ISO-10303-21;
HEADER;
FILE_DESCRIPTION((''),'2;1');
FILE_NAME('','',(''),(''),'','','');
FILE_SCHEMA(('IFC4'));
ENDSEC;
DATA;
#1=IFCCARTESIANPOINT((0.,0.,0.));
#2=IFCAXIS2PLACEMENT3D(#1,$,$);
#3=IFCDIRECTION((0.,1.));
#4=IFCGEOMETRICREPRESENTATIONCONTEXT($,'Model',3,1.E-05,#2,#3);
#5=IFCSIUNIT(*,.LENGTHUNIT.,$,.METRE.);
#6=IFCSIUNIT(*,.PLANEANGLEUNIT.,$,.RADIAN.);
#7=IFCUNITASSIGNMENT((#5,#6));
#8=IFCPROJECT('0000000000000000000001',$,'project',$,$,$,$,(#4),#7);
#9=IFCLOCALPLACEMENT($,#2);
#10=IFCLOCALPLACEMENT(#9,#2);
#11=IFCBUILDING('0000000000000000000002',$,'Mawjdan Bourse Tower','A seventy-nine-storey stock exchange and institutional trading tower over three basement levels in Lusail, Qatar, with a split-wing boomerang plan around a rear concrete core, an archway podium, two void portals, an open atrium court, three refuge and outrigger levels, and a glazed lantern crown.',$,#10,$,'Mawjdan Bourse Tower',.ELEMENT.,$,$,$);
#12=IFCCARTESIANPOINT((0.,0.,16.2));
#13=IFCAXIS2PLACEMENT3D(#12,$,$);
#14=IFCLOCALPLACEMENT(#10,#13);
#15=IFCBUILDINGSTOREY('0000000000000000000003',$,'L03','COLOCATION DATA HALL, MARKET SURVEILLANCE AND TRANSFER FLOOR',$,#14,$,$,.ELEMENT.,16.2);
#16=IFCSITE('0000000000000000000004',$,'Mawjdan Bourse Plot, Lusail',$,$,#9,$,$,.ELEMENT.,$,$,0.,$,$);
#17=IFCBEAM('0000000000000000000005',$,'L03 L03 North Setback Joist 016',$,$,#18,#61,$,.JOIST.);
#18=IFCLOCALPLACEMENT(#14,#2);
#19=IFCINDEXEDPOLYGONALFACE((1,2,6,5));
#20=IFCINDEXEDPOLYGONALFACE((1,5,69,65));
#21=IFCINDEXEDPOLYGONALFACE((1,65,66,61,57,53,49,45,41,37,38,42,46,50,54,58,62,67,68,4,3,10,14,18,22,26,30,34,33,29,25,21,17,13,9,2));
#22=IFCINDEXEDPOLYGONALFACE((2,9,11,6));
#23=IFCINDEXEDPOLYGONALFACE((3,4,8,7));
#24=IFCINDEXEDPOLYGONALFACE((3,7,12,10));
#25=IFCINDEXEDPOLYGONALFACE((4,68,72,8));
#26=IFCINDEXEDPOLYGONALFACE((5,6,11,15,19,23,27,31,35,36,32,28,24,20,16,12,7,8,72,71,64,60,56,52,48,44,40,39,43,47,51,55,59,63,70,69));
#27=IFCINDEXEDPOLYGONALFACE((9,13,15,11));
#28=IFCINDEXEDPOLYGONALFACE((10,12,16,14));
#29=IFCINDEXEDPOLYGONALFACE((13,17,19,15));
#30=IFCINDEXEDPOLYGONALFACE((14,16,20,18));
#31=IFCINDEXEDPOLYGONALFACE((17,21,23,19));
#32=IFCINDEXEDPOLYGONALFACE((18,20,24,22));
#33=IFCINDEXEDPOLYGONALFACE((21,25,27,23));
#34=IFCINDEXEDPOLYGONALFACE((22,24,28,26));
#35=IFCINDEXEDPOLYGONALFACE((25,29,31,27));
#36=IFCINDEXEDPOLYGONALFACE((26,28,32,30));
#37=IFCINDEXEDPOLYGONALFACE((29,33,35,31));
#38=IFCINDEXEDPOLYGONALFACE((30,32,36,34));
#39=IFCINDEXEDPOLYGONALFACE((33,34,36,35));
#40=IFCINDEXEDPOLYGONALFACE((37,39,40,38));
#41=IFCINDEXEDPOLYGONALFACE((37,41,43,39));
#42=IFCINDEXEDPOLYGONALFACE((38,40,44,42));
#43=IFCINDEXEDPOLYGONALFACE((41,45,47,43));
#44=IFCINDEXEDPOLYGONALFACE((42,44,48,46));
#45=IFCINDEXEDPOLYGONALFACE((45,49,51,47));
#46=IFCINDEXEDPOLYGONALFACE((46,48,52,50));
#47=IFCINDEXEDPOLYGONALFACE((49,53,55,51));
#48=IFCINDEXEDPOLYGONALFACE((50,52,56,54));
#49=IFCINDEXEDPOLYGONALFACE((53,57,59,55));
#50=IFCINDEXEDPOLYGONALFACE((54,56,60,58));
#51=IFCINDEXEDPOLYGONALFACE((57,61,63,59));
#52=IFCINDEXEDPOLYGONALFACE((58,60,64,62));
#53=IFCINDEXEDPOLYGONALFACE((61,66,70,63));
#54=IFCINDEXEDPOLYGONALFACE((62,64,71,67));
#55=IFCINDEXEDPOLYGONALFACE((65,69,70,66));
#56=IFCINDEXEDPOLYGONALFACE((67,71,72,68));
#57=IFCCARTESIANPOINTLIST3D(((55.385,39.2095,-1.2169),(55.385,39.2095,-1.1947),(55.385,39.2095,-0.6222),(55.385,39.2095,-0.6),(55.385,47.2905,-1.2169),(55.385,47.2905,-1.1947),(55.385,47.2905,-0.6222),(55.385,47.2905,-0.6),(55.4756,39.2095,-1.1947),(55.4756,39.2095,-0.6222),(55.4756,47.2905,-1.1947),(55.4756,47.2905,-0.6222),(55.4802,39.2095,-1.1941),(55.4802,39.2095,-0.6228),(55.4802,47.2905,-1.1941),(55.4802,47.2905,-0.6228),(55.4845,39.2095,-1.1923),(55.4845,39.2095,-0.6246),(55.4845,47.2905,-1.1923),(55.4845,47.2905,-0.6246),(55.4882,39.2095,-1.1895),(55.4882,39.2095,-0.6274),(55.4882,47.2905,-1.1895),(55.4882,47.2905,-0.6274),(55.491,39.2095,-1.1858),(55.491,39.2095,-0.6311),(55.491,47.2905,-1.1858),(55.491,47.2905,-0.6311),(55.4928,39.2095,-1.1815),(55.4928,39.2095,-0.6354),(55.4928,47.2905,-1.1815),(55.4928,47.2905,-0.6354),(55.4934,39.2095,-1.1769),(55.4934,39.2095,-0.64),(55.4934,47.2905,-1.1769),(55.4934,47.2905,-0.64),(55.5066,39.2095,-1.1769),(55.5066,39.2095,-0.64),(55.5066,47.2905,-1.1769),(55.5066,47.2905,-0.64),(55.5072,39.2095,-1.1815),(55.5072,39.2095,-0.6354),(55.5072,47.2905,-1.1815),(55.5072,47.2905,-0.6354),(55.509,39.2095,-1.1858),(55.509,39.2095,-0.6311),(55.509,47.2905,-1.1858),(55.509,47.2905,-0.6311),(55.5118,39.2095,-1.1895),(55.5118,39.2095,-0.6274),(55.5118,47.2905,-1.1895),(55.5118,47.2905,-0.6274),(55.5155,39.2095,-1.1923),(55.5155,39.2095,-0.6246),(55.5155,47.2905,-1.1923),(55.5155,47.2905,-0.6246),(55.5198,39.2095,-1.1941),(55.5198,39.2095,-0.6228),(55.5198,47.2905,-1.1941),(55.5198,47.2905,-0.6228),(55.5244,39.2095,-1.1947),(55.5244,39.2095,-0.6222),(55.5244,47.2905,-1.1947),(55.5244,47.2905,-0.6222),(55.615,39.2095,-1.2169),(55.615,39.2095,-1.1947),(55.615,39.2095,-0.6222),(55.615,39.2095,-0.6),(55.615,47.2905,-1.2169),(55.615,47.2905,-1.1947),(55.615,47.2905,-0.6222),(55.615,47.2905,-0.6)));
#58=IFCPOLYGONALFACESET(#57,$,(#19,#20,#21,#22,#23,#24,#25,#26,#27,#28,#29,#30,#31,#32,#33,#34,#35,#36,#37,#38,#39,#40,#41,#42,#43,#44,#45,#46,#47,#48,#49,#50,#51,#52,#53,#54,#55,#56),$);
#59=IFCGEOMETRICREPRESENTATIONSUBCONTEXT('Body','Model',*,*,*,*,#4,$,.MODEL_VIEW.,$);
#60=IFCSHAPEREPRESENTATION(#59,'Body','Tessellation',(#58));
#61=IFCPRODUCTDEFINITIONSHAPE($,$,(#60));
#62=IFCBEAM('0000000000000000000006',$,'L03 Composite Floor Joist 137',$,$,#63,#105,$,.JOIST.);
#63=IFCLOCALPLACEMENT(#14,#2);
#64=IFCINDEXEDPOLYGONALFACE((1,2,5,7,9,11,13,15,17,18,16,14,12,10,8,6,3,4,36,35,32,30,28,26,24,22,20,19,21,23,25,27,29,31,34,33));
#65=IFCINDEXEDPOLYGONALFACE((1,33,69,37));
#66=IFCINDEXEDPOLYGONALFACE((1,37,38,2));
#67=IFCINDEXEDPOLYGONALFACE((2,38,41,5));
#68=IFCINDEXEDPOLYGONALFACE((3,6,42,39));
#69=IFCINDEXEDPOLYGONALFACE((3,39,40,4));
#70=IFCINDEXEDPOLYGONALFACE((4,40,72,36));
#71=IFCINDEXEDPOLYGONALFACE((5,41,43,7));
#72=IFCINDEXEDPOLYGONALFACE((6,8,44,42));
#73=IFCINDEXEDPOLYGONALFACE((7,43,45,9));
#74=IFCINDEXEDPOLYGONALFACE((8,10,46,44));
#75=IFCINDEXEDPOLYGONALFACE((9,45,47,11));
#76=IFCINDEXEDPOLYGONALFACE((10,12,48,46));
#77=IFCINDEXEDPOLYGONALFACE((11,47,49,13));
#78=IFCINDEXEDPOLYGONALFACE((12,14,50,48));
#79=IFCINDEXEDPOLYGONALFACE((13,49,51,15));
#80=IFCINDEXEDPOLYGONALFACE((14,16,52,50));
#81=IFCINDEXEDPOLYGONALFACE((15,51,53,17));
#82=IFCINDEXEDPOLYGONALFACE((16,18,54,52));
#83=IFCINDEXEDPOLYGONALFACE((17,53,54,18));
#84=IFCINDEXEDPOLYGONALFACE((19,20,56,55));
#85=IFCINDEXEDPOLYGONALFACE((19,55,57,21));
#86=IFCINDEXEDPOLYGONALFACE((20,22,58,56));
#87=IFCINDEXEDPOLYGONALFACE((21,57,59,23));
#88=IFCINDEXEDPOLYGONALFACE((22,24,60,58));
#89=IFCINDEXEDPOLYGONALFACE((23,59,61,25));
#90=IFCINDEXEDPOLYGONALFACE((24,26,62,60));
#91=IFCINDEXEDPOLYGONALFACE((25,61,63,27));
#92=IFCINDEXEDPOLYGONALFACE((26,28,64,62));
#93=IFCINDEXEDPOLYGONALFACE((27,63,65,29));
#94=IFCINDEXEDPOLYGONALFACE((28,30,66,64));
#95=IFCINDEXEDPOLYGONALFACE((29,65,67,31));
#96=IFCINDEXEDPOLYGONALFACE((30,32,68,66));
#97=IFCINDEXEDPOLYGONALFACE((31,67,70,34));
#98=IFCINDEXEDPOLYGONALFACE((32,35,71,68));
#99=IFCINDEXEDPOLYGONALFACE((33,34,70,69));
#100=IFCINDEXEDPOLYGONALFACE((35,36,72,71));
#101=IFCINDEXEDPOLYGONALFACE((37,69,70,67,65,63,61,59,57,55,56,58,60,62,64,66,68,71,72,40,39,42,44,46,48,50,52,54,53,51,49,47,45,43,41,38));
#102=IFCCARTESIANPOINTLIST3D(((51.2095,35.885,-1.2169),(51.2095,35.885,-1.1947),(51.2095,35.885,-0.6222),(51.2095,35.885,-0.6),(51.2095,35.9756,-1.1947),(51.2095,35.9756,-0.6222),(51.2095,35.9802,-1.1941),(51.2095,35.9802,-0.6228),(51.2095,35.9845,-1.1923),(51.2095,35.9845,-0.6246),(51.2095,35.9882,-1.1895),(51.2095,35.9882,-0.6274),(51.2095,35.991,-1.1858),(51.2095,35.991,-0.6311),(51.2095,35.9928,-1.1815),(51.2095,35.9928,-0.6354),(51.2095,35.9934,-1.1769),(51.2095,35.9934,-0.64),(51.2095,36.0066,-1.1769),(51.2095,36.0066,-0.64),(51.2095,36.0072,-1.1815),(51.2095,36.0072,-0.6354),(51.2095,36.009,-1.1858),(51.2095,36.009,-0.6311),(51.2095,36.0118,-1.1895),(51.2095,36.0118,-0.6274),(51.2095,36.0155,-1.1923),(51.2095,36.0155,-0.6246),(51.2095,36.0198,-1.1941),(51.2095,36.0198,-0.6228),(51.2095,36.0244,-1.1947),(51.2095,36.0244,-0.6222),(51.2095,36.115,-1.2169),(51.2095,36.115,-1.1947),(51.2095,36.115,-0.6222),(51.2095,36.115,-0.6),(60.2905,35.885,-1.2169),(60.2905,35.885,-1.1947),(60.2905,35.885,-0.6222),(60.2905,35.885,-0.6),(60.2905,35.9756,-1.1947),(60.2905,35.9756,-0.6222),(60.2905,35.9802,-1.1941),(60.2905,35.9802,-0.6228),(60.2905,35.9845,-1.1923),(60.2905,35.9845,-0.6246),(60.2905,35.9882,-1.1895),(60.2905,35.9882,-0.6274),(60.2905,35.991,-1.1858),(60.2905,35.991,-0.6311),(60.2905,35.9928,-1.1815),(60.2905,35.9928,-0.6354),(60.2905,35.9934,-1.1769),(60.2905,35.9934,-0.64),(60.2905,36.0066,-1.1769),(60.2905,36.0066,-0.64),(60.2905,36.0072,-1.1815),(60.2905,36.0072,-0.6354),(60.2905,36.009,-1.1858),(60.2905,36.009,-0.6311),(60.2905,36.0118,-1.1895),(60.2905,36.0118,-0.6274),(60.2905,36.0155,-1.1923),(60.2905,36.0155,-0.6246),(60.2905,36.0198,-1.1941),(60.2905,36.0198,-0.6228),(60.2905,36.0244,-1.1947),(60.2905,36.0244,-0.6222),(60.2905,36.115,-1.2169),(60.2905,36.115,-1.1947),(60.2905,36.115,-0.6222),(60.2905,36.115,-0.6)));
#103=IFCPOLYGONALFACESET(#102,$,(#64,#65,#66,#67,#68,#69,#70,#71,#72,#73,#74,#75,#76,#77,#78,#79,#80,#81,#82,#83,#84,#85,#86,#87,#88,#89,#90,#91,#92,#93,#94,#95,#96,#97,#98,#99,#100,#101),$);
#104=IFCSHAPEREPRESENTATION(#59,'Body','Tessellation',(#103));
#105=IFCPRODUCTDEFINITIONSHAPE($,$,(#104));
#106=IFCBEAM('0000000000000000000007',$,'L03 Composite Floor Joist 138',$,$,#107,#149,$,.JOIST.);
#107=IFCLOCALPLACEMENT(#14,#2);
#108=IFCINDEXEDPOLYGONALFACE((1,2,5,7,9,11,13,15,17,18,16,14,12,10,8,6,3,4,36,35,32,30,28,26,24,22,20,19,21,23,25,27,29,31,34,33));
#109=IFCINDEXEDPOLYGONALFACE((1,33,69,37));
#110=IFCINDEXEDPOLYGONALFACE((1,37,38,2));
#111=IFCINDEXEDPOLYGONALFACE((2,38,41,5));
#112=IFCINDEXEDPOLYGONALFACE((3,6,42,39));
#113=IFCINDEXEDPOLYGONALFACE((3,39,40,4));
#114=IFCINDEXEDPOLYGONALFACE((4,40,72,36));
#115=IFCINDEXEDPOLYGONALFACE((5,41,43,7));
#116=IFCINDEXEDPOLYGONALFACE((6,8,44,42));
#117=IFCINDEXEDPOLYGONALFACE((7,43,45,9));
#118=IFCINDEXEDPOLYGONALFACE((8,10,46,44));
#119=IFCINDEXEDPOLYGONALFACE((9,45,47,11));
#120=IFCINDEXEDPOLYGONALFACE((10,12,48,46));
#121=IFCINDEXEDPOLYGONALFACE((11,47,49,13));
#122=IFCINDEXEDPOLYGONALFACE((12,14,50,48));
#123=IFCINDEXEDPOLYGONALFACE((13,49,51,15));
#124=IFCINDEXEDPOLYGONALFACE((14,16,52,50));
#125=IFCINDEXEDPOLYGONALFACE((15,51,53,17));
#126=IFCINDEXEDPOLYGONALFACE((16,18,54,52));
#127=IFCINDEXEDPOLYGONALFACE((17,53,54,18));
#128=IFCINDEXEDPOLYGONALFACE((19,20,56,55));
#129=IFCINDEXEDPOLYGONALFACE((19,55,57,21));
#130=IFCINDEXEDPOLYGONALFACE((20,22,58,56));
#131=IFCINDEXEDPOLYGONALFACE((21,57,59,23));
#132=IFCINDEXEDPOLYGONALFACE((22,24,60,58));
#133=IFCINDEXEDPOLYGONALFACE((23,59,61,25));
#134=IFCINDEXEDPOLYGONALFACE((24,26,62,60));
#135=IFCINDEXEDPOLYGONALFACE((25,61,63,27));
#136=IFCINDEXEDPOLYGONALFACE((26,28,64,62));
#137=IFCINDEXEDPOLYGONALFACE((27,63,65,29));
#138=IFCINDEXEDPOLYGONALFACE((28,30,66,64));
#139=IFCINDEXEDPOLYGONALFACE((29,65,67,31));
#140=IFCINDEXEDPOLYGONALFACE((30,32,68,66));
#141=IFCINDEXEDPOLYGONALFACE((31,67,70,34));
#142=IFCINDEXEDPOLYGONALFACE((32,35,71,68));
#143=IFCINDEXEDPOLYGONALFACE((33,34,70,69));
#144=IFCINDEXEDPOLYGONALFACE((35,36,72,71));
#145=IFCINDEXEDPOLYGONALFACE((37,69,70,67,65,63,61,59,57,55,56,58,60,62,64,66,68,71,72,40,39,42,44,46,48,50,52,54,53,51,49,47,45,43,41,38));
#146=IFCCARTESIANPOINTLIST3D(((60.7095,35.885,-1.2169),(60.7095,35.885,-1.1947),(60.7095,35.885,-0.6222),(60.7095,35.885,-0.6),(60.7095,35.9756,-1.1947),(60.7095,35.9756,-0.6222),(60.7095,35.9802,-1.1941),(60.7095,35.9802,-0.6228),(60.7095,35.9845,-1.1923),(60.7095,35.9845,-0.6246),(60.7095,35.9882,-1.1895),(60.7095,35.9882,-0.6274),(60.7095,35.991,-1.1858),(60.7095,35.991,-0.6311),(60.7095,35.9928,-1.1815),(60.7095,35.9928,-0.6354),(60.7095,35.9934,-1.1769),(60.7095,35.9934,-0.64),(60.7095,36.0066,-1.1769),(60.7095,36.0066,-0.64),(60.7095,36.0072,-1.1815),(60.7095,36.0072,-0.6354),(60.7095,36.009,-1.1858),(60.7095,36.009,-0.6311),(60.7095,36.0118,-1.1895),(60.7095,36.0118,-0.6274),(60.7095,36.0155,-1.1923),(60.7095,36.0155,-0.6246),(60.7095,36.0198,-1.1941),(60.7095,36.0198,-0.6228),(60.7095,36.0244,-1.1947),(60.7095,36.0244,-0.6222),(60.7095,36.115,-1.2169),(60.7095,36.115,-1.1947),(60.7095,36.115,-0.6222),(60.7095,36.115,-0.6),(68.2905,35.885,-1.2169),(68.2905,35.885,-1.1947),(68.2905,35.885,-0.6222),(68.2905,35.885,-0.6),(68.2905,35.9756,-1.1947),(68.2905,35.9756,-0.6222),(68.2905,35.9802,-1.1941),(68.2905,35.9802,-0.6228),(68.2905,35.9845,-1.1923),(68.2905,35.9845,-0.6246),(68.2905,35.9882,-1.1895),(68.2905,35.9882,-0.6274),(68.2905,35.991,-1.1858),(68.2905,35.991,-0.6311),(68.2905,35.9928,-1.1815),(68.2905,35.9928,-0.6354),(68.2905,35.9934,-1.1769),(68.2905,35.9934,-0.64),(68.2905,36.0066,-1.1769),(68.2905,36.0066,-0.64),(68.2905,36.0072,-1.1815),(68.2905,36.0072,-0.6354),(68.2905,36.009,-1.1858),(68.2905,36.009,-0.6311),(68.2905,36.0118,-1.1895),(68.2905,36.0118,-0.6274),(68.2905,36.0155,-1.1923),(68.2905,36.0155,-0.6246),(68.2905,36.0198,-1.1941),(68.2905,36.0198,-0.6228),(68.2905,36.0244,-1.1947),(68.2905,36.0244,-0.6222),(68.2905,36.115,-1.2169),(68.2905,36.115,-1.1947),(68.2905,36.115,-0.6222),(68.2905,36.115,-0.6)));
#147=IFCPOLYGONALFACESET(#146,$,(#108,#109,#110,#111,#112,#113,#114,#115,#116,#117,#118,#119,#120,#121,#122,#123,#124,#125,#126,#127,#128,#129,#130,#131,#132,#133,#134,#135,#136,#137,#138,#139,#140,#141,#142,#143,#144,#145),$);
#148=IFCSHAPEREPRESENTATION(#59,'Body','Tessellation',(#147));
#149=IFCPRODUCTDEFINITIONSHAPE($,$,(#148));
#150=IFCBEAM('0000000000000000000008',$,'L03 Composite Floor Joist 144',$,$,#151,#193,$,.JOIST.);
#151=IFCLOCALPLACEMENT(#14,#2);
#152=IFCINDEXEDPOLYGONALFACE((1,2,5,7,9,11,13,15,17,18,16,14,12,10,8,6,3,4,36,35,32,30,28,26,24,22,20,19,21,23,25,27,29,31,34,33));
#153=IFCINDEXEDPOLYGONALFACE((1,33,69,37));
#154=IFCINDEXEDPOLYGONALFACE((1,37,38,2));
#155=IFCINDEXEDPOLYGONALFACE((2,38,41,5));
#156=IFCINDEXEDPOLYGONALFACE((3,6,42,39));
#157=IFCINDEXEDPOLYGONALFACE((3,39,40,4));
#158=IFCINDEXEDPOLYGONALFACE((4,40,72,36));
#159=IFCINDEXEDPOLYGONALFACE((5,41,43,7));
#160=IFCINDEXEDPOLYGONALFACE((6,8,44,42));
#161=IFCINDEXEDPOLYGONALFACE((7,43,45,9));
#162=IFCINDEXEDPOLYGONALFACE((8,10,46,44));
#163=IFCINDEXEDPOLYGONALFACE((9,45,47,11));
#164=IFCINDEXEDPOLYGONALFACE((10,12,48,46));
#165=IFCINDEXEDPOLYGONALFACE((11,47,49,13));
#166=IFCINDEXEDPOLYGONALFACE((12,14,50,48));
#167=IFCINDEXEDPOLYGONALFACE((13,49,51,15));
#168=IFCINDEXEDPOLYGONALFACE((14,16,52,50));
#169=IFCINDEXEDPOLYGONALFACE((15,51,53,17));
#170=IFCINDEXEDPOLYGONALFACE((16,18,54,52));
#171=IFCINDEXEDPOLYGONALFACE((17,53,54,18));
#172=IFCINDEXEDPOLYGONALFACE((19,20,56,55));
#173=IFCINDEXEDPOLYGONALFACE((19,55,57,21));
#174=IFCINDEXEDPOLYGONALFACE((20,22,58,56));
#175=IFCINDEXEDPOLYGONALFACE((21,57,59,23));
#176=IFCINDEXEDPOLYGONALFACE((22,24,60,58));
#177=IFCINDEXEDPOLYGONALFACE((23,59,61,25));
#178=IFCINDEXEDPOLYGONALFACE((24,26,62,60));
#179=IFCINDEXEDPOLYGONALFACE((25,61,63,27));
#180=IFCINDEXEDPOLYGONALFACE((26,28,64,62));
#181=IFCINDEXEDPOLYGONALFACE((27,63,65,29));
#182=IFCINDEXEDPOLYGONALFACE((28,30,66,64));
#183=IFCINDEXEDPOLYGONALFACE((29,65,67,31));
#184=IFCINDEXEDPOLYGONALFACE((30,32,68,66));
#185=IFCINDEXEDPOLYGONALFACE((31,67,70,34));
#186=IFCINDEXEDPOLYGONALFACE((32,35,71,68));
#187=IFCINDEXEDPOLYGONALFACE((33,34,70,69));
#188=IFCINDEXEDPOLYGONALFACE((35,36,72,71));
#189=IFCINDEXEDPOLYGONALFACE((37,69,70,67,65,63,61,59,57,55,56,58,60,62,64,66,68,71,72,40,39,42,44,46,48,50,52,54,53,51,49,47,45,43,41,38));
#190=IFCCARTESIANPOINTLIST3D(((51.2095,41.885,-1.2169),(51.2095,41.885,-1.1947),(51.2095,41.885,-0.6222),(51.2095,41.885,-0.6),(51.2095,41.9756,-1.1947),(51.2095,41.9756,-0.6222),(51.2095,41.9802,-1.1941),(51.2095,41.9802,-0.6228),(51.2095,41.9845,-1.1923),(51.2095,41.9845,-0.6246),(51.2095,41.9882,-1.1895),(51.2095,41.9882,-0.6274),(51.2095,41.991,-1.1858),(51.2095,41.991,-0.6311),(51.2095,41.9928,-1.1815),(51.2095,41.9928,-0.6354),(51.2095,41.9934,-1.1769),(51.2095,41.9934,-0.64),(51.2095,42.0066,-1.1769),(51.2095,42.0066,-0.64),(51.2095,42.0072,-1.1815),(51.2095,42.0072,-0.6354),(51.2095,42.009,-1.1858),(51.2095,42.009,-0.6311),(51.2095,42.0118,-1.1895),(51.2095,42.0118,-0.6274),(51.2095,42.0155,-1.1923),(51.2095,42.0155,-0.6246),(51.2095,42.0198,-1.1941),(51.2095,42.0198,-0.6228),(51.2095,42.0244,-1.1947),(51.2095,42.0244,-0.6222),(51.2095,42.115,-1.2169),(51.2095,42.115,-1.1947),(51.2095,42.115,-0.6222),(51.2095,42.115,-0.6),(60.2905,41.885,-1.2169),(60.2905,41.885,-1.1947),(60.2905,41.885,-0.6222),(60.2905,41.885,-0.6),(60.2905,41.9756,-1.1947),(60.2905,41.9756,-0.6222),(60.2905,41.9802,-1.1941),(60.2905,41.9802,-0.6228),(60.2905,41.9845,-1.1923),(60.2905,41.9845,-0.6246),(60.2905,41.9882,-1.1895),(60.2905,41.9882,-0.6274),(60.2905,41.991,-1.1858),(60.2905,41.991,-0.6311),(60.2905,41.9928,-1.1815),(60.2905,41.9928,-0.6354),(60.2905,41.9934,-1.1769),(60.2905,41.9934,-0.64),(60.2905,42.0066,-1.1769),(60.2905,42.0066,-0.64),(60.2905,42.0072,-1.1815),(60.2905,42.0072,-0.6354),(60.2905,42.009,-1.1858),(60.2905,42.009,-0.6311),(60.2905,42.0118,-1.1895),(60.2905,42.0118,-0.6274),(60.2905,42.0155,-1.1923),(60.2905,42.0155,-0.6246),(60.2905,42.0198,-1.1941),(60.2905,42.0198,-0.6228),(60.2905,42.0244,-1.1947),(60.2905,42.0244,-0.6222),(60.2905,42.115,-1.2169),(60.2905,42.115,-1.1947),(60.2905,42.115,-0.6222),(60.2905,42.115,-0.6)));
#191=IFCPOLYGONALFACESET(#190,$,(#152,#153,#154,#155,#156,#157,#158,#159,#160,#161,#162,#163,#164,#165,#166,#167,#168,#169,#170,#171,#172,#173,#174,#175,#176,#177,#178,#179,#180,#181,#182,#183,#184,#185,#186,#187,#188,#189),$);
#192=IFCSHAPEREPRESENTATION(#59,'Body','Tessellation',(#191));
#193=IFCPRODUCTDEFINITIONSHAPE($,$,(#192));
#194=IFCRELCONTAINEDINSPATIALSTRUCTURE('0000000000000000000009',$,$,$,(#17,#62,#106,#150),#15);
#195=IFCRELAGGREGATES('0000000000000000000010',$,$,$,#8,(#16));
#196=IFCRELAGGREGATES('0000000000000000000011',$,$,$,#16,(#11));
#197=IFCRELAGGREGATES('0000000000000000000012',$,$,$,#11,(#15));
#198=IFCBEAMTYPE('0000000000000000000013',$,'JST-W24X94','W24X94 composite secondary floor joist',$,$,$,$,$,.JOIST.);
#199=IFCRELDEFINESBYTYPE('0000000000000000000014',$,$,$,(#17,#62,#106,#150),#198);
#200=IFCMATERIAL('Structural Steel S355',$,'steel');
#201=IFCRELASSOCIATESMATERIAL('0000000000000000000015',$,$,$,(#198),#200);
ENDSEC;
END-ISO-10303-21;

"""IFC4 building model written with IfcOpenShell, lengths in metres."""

from ifc_helpers import new_model, si_unit, direction, frame, origin, origin_2d, place, context, subcontext, project, spatial, i_section, extrude, material, material_profile, profile_set, type_object, element, save


model = new_model("IFC4")

# Units and contexts
model_context = context("Model", 3, precision=1e-05, world=origin(), true_north=direction((0.0, 1.0)))
body_context = subcontext(model_context, "Body", "Model", "MODEL_VIEW")
ifc_project = project(units=[si_unit("LENGTHUNIT", "METRE"), si_unit("PLANEANGLEUNIT", "RADIAN")], contexts=[model_context])

# Site, building, storey
site_placement = place(None, origin())
site = spatial("IfcSite", under=ifc_project, at=site_placement, Name="Mawjdan Bourse Plot, Lusail", CompositionType="ELEMENT", RefElevation=0.0)
building_placement = place(site_placement, origin())
building = spatial("IfcBuilding", under=site, at=building_placement, Name="Mawjdan Bourse Tower", Description="A seventy-nine-storey stock exchange and institutional trading tower over three basement levels in Lusail, Qatar, with a split-wing boomerang plan around a rear concrete core, an archway podium, two void portals, an open atrium court, three refuge and outrigger levels, and a glazed lantern crown.", LongName="Mawjdan Bourse Tower", CompositionType="ELEMENT")
storey_placement = place(building_placement, frame((0.0, 0.0, 16.2)))
storey = spatial("IfcBuildingStorey", under=building, at=storey_placement, Name="L03", Description="COLOCATION DATA HALL, MARKET SURVEILLANCE AND TRANSFER FLOOR", CompositionType="ELEMENT", Elevation=16.2)

# Beams
ifc_material_1 = material(Name="Structural Steel S355", Category="steel")
ifc_material_profile_1 = material_profile(ifc_material_1, i_section(OverallWidth=0.23, OverallDepth=0.6169, WebThickness=0.0132, FlangeThickness=0.0222, FilletRadius=0.0178, at=origin_2d()), Name="W24X94")
ifc_profile_set_1 = profile_set([ifc_material_profile_1], Name="Structural Steel S355")
beam_type_1 = type_object("IfcBeamType", Name="JST-W24X94", Description="W24X94 composite secondary floor joist", PredefinedType="JOIST", material=ifc_profile_set_1)
beam_1_placement = place(storey_placement, frame((55.5, 39.2095, -0.9084), z_axis=(0.0, 1.0, 0.0), x_axis=(-1.0, 0.0, 0.0)))
element("IfcBeam", 1, at=beam_1_placement, inside=storey, type_object=beam_type_1, Name="L03 L03 North Setback Joist 016", PredefinedType="JOIST", context=body_context, shape_type="SweptSolid", body=[
    extrude(i_section(OverallWidth=0.23, OverallDepth=0.6169, WebThickness=0.0132, FlangeThickness=0.0222, FilletRadius=0.0178, at=origin_2d()), origin(), (0.0, 0.0, 1.0), 8.0811),
])
beam_2_placement = place(storey_placement, frame((51.2095, 36.0, -0.9084), z_axis=(1.0, 0.0, 0.0), x_axis=(0.0, 1.0, 0.0)))
element("IfcBeam", 2, at=beam_2_placement, inside=storey, type_object=beam_type_1, Name="L03 Composite Floor Joist 137", PredefinedType="JOIST", context=body_context, shape_type="SweptSolid", body=[
    extrude(i_section(OverallWidth=0.23, OverallDepth=0.6169, WebThickness=0.0132, FlangeThickness=0.0222, FilletRadius=0.0178, at=origin_2d()), origin(), (0.0, 0.0, 1.0), 9.0811),
])
beam_3_placement = place(storey_placement, frame((60.7095, 36.0, -0.9084), z_axis=(1.0, 0.0, 0.0), x_axis=(0.0, 1.0, 0.0)))
element("IfcBeam", 3, at=beam_3_placement, inside=storey, type_object=beam_type_1, Name="L03 Composite Floor Joist 138", PredefinedType="JOIST", context=body_context, shape_type="SweptSolid", body=[
    extrude(i_section(OverallWidth=0.23, OverallDepth=0.6169, WebThickness=0.0132, FlangeThickness=0.0222, FilletRadius=0.0178, at=origin_2d()), origin(), (0.0, 0.0, 1.0), 7.5811),
])
for number, where, z_axis, x_axis, name in (
    (4, (51.2095, 42.0, -0.9084), (1.0, 0.0, 0.0), (0.0, 1.0, 0.0), "L03 Composite Floor Joist 144"),
):
    element("IfcBeam", number, at=place(storey_placement, frame(where, z_axis=z_axis, x_axis=x_axis)), inside=storey, type_object=beam_type_1, Name=name, PredefinedType="JOIST", context=body_context, shape_type="SweptSolid", body=[
        extrude(i_section(OverallWidth=0.23, OverallDepth=0.6169, WebThickness=0.0132, FlangeThickness=0.0222, FilletRadius=0.0178, at=origin_2d()), origin(), (0.0, 0.0, 1.0), 9.0811),
    ])

save(model, "model.ifc")
